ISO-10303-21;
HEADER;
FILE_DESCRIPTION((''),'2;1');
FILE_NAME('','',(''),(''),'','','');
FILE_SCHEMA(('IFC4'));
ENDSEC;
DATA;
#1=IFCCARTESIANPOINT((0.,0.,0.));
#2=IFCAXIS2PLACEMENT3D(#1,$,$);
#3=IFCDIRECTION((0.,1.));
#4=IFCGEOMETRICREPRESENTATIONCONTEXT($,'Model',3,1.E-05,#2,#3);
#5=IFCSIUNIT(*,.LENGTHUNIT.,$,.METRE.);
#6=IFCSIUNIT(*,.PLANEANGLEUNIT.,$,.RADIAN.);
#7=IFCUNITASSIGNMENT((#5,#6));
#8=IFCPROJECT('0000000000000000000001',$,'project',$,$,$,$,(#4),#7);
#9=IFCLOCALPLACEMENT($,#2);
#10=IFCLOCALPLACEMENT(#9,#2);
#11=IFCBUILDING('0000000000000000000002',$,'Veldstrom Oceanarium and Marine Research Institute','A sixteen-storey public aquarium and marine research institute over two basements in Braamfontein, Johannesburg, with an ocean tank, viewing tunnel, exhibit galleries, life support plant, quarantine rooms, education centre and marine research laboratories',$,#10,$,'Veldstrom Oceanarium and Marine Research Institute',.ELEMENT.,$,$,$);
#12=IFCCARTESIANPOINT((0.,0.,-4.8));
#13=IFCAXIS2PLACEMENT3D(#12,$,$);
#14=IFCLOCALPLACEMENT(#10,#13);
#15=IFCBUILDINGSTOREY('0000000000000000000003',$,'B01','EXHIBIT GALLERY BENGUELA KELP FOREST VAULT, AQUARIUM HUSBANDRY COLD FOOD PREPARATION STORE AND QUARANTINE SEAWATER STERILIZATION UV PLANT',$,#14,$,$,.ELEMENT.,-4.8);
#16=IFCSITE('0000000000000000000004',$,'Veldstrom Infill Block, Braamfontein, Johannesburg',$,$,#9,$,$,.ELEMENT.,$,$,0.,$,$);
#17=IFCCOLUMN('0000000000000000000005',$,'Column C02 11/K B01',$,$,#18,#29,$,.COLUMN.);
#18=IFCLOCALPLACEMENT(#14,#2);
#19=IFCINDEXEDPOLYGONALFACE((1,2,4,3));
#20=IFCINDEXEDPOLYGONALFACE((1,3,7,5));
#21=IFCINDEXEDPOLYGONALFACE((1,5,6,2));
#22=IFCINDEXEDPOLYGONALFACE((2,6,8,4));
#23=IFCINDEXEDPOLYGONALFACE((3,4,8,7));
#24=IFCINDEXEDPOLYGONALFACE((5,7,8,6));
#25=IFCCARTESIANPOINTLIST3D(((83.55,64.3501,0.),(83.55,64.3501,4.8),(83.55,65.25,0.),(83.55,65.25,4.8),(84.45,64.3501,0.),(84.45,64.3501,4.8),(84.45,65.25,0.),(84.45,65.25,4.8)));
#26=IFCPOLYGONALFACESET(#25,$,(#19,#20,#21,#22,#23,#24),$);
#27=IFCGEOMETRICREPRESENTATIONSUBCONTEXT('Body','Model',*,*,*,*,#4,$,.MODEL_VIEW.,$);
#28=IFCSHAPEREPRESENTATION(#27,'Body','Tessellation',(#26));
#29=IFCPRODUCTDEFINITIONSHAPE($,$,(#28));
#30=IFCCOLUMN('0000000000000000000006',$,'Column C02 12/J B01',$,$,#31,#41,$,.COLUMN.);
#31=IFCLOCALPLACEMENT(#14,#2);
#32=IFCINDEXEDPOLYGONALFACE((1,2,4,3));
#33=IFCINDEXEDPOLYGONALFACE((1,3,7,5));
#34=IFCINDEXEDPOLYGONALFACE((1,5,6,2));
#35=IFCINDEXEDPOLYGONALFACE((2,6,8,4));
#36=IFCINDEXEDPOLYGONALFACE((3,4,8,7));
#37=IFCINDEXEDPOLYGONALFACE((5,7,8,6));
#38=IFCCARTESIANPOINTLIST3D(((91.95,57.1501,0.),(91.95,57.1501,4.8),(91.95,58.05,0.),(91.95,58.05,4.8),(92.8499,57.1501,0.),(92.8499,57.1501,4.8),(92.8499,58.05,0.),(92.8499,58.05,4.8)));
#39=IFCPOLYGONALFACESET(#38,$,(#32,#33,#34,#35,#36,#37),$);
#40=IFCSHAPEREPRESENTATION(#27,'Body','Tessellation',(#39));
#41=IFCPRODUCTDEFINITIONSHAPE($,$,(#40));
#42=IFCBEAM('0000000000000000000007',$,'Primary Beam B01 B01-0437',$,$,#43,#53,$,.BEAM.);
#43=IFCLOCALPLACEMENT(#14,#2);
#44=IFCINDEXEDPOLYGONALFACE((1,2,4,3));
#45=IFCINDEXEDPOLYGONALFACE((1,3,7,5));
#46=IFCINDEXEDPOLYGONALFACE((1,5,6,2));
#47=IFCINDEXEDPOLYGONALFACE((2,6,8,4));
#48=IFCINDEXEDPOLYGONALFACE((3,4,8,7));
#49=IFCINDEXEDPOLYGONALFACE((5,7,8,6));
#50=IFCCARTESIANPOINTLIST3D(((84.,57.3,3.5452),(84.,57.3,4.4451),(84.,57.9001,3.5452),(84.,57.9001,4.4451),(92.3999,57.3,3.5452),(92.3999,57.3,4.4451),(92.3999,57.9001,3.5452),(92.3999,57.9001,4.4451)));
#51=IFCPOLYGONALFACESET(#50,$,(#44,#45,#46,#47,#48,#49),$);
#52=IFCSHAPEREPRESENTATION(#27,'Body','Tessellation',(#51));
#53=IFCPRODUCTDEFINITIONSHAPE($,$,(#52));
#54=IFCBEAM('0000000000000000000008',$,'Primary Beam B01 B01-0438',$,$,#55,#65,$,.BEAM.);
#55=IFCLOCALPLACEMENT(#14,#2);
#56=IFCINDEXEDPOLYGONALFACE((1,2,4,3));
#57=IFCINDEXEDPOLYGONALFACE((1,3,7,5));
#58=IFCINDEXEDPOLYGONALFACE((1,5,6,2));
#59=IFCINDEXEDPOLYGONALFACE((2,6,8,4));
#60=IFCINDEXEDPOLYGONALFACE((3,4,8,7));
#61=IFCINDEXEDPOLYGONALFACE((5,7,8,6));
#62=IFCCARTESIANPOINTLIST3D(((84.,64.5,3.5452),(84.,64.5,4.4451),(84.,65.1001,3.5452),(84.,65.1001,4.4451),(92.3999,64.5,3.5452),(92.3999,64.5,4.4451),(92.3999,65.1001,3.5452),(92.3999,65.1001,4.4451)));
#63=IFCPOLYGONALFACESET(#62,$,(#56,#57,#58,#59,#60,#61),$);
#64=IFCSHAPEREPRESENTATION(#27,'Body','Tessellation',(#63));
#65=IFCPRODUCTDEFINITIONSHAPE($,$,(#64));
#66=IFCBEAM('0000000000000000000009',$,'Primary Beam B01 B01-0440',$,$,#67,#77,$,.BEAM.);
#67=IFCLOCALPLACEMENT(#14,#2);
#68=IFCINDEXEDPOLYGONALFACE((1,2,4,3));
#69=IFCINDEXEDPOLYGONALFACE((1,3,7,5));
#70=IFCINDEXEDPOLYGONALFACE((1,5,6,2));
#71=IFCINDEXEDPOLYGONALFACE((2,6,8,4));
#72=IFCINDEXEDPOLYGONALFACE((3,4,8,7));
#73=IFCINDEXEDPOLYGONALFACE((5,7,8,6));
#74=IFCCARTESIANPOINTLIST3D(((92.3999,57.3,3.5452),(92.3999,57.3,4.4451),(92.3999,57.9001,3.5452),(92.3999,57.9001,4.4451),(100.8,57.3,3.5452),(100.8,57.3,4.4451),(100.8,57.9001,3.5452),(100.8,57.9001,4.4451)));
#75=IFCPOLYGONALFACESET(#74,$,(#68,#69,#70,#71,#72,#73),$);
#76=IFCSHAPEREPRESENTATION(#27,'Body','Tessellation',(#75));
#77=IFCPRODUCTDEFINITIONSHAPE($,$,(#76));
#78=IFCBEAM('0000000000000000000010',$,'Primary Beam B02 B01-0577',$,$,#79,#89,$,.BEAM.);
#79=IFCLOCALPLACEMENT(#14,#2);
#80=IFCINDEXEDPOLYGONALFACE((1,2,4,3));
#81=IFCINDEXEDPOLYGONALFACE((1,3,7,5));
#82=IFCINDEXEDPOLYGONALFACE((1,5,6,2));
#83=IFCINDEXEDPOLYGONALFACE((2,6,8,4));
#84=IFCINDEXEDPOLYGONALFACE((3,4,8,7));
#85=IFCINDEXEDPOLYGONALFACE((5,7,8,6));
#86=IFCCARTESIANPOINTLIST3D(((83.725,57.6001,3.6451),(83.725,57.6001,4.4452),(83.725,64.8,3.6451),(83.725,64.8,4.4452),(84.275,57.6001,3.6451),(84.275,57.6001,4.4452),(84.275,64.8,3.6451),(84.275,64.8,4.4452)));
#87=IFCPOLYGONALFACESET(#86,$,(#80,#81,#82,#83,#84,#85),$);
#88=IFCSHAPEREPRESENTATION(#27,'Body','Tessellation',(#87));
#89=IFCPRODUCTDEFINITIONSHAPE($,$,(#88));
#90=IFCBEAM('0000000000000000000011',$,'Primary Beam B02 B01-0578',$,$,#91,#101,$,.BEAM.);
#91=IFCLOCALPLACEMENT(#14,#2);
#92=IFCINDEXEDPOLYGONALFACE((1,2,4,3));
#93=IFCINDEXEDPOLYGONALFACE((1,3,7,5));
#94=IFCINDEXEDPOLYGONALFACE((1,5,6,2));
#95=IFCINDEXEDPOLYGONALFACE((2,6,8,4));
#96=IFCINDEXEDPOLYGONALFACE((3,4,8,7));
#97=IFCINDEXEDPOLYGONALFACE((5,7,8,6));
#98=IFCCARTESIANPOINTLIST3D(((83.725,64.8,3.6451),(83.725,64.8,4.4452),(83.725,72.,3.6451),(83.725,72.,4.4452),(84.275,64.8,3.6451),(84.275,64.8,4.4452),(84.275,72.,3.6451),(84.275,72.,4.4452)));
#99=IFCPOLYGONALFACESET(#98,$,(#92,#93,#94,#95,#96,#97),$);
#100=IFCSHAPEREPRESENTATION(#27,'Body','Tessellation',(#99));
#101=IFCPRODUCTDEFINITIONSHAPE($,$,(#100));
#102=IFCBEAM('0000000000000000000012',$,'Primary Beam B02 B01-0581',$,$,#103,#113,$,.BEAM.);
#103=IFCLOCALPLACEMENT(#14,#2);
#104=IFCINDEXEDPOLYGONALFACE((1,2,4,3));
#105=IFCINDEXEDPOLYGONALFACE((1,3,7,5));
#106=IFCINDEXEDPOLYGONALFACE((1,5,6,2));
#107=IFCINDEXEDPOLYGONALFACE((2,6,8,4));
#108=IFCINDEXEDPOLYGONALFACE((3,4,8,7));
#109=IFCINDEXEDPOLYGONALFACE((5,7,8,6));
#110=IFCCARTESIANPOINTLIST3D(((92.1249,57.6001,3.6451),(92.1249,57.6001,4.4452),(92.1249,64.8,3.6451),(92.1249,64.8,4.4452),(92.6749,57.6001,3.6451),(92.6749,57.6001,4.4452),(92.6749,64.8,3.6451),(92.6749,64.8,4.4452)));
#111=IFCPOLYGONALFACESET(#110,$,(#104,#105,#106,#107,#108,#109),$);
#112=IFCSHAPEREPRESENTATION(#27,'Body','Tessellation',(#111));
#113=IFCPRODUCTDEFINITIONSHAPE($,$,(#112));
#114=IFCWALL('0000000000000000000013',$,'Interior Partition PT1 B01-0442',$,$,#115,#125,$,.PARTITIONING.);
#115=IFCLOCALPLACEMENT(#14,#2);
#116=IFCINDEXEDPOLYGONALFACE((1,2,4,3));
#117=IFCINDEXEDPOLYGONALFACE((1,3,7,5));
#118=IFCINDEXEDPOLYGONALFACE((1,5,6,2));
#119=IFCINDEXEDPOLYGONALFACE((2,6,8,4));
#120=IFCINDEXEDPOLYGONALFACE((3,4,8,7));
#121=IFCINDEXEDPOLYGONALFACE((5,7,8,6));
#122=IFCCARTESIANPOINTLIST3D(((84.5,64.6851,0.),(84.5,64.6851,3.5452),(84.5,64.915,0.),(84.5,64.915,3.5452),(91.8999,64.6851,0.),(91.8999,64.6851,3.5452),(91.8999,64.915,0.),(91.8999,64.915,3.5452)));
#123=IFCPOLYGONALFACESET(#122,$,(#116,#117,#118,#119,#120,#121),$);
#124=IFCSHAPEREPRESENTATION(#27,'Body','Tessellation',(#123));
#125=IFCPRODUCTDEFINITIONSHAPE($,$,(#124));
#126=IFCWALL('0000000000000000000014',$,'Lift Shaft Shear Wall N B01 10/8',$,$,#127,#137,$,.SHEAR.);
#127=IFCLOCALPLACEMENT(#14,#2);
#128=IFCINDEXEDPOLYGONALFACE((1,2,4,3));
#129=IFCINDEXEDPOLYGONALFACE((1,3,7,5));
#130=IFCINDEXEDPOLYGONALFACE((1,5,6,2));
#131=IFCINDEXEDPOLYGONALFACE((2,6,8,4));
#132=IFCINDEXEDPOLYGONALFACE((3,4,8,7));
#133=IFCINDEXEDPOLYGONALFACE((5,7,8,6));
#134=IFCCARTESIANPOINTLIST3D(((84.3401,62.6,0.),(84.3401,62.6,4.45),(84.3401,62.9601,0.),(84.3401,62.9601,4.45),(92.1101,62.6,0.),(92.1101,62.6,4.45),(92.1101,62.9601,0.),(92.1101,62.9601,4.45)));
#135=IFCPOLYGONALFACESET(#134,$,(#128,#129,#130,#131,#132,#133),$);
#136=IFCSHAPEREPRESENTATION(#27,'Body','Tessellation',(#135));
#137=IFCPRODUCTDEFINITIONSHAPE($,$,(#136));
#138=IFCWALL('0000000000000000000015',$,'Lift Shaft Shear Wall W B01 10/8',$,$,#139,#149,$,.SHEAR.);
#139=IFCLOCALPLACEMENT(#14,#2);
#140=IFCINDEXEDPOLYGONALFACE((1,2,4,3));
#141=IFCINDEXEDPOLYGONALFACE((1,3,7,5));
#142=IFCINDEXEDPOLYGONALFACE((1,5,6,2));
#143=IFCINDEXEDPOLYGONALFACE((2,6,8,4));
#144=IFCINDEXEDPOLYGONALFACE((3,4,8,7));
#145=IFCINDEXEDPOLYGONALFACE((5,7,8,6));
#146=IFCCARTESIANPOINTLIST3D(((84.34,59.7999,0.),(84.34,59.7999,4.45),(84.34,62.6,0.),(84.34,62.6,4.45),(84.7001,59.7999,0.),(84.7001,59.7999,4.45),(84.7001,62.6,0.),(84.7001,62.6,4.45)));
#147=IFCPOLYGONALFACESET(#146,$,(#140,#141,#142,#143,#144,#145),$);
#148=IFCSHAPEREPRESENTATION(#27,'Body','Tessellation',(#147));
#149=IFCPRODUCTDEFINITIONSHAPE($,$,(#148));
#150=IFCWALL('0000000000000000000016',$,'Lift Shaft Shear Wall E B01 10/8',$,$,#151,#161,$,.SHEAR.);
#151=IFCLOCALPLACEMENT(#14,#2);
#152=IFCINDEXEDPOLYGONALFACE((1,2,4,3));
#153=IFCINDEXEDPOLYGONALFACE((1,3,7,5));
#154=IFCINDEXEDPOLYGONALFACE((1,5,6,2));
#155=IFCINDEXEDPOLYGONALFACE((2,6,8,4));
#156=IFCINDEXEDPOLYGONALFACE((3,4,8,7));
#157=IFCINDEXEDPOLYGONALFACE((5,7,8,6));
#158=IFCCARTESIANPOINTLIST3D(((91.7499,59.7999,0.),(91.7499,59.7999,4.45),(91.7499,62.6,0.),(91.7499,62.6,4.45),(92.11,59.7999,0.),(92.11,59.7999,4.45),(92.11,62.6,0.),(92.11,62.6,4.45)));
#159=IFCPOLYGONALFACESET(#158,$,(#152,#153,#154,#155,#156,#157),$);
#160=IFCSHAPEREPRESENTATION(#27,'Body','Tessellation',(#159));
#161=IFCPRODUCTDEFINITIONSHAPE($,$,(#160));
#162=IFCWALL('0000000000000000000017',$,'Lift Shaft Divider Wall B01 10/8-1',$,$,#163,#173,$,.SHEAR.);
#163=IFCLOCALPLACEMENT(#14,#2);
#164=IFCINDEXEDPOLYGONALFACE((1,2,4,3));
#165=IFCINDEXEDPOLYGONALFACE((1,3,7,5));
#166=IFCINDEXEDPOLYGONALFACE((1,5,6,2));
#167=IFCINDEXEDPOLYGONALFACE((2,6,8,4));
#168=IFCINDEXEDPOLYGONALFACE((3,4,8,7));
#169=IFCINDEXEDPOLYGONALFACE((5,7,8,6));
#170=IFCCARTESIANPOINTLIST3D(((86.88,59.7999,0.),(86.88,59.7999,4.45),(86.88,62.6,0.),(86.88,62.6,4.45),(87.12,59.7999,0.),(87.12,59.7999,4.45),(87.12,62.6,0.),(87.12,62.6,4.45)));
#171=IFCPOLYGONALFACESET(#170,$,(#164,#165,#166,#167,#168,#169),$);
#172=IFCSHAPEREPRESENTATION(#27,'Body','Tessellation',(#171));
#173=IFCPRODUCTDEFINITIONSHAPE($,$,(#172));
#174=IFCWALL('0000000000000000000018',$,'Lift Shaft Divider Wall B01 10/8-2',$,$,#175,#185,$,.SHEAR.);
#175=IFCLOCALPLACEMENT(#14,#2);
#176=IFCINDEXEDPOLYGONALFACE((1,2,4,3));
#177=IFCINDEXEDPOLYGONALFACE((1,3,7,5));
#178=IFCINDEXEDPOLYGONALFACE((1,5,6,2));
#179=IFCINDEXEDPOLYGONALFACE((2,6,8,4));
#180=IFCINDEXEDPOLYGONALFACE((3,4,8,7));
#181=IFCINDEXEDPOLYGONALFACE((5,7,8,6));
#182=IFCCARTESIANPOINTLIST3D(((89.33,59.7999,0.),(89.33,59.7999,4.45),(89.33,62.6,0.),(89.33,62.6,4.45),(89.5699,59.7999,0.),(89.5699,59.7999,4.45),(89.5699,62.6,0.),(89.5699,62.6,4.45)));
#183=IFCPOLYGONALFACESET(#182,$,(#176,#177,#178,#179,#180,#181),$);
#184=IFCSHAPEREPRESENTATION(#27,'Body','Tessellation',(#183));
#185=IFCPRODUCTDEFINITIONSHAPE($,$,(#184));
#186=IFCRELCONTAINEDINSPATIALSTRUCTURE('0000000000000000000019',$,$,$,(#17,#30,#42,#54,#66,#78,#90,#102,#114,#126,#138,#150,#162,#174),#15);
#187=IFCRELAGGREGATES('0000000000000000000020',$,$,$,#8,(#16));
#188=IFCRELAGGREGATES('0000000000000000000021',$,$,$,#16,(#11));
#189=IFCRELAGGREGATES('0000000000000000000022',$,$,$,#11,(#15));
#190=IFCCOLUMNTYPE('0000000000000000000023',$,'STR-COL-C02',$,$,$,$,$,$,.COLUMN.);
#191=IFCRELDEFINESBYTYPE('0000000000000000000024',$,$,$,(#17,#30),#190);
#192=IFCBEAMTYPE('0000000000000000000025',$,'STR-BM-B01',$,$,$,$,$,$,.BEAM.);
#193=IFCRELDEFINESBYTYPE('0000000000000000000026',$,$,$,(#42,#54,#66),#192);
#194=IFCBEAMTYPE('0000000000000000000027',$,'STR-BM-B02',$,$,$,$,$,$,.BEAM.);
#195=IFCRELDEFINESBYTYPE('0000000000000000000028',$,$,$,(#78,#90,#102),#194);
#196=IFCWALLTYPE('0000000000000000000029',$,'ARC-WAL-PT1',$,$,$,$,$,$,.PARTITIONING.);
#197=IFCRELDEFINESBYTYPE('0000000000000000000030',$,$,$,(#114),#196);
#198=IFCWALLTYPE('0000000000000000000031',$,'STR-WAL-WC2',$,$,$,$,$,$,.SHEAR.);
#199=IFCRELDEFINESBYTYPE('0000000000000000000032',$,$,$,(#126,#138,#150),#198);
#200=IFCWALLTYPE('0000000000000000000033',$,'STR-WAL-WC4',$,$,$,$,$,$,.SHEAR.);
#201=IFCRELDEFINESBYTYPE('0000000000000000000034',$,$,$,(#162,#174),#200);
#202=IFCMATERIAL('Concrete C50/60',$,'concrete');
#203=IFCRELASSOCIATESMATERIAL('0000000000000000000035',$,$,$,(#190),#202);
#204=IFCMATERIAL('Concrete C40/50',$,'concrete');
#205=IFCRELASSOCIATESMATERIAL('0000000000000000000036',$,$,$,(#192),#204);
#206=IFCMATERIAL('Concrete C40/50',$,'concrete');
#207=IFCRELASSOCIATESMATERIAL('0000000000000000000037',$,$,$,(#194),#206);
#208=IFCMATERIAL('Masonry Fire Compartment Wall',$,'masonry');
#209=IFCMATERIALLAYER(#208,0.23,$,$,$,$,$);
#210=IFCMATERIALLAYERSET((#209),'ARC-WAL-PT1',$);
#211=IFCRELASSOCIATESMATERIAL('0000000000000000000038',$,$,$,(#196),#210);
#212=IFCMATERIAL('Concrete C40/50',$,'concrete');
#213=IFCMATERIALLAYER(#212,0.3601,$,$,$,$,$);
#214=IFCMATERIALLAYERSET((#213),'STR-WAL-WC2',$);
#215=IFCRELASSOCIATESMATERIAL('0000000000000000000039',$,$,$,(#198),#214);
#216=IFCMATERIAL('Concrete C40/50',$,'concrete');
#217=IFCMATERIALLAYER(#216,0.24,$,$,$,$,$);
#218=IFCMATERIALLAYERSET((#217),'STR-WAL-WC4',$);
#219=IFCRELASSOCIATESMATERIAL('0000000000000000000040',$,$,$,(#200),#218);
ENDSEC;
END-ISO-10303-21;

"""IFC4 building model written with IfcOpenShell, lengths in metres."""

from ifc_helpers import new_model, si_unit, direction, frame, frame_2d, origin, origin_2d, place, context, subcontext, project, spatial, rectangle, extrude, material, layer, layer_set, material_profile, profile_set, type_object, element, save


model = new_model("IFC4")

# Units and contexts
model_context = context("Model", 3, precision=1e-05, world=origin(), true_north=direction((0.0, 1.0)))
body_context = subcontext(model_context, "Body", "Model", "MODEL_VIEW")
ifc_project = project(units=[si_unit("LENGTHUNIT", "METRE"), si_unit("PLANEANGLEUNIT", "RADIAN")], contexts=[model_context])

# Site, building, storey
site_placement = place(None, origin())
site = spatial("IfcSite", under=ifc_project, at=site_placement, Name="Veldstrom Infill Block, Braamfontein, Johannesburg", CompositionType="ELEMENT", RefElevation=0.0)
building_placement = place(site_placement, origin())
building = spatial("IfcBuilding", under=site, at=building_placement, Name="Veldstrom Oceanarium and Marine Research Institute", Description="A sixteen-storey public aquarium and marine research institute over two basements in Braamfontein, Johannesburg, with an ocean tank, viewing tunnel, exhibit galleries, life support plant, quarantine rooms, education centre and marine research laboratories", LongName="Veldstrom Oceanarium and Marine Research Institute", CompositionType="ELEMENT")
storey_placement = place(building_placement, frame((0.0, 0.0, -4.8)))
storey = spatial("IfcBuildingStorey", under=building, at=storey_placement, Name="B01", Description="EXHIBIT GALLERY BENGUELA KELP FOREST VAULT, AQUARIUM HUSBANDRY COLD FOOD PREPARATION STORE AND QUARANTINE SEAWATER STERILIZATION UV PLANT", CompositionType="ELEMENT", Elevation=-4.8)

# Columns
ifc_material_1 = material(Name="Concrete C50/60", Category="concrete")
ifc_material_profile_1 = material_profile(ifc_material_1, rectangle(XDim=0.8999, YDim=0.8999, at=origin_2d()), Name="RC-COL-900x900")
ifc_profile_set_1 = profile_set([ifc_material_profile_1], Name="Concrete C50/60")
column_type = type_object("IfcColumnType", Name="STR-COL-C02", PredefinedType="COLUMN", material=ifc_profile_set_1)
for number, where, z_axis, x_axis, name in (
    (1, (84.0, 64.8, 0.0), (0.0, 0.0, 1.0), (1.0, 0.0, 0.0), "Column C02 11/K B01"),
    (2, (92.3999, 57.6001, 0.0), (0.0, 0.0, 1.0), (1.0, 0.0, 0.0), "Column C02 12/J B01"),
):
    element("IfcColumn", number, at=place(storey_placement, frame(where, z_axis=z_axis, x_axis=x_axis)), inside=storey, type_object=column_type, Name=name, PredefinedType="COLUMN", context=body_context, shape_type="SweptSolid", body=[
        extrude(rectangle(XDim=0.8999, YDim=0.8999, at=origin_2d()), origin(), (0.0, 0.0, 1.0), 4.8),
    ])

# Beams
ifc_material_2 = material(Name="Concrete C40/50", Category="concrete")
ifc_material_profile_2 = material_profile(ifc_material_2, rectangle(XDim=0.6001, YDim=0.8999, at=origin_2d()), Name="RC-BM-600x900")
ifc_profile_set_2 = profile_set([ifc_material_profile_2], Name="Concrete C40/50")
beam_type_1 = type_object("IfcBeamType", Name="STR-BM-B01", PredefinedType="BEAM", material=ifc_profile_set_2)
for number, where, z_axis, x_axis, name in (
    (3, (84.0, 57.6001, 3.9951), (1.0, 0.0, 0.0), (0.0, 1.0, 0.0), "Primary Beam B01 B01-0437"),
    (4, (84.0, 64.8, 3.9951), (1.0, 0.0, 0.0), (0.0, 1.0, 0.0), "Primary Beam B01 B01-0438"),
):
    element("IfcBeam", number, at=place(storey_placement, frame(where, z_axis=z_axis, x_axis=x_axis)), inside=storey, type_object=beam_type_1, Name=name, PredefinedType="BEAM", context=body_context, shape_type="SweptSolid", body=[
        extrude(rectangle(XDim=0.6001, YDim=0.8999, at=origin_2d()), origin(), (0.0, 0.0, 1.0), 8.3999),
    ])
beam_placement = place(storey_placement, frame((92.3999, 57.6001, 3.9951), z_axis=(1.0, 0.0, 0.0), x_axis=(0.0, 1.0, 0.0)))
element("IfcBeam", 5, at=beam_placement, inside=storey, type_object=beam_type_1, Name="Primary Beam B01 B01-0440", PredefinedType="BEAM", context=body_context, shape_type="SweptSolid", body=[
    extrude(rectangle(XDim=0.6001, YDim=0.8999, at=origin_2d()), origin(), (0.0, 0.0, 1.0), 8.4001),
])
ifc_material_3 = material(Name="Concrete C40/50", Category="concrete")
ifc_material_profile_3 = material_profile(ifc_material_3, rectangle(XDim=0.55, YDim=0.8, at=origin_2d()), Name="RC-BM-550x800")
ifc_profile_set_3 = profile_set([ifc_material_profile_3], Name="Concrete C40/50")
beam_type_2 = type_object("IfcBeamType", Name="STR-BM-B02", PredefinedType="BEAM", material=ifc_profile_set_3)
for number, where, z_axis, x_axis, name in (
    (6, (84.0, 57.6001, 4.0452), (0.0, 1.0, 0.0), (-1.0, 0.0, 0.0), "Primary Beam B02 B01-0577"),
    (7, (84.0, 64.8, 4.0452), (0.0, 1.0, 0.0), (-1.0, 0.0, 0.0), "Primary Beam B02 B01-0578"),
    (8, (92.3999, 57.6001, 4.0452), (0.0, 1.0, 0.0), (-1.0, 0.0, 0.0), "Primary Beam B02 B01-0581"),
):
    element("IfcBeam", number, at=place(storey_placement, frame(where, z_axis=z_axis, x_axis=x_axis)), inside=storey, type_object=beam_type_2, Name=name, PredefinedType="BEAM", context=body_context, shape_type="SweptSolid", body=[
        extrude(rectangle(XDim=0.55, YDim=0.8, at=origin_2d()), origin(), (0.0, 0.0, 1.0), 7.2),
    ])

# Shared definitions
ifc_material_4 = material(Name="Masonry Fire Compartment Wall", Category="masonry")
ifc_layer_1 = layer(ifc_material_4, 0.23)
ifc_layer_set_1 = layer_set([ifc_layer_1], Name="ARC-WAL-PT1")
wall_type_1 = type_object("IfcWallType", Name="ARC-WAL-PT1", PredefinedType="PARTITIONING", material=ifc_layer_set_1)

# Walls
wall_1_placement = place(storey_placement, frame((84.5, 64.8, 0.0), z_axis=(0.0, 0.0, 1.0), x_axis=(1.0, 0.0, 0.0)))
element("IfcWall", 9, at=wall_1_placement, inside=storey, type_object=wall_type_1, Name="Interior Partition PT1 B01-0442", PredefinedType="PARTITIONING", context=body_context, shape_type="SweptSolid", body=[
    extrude(rectangle(XDim=7.3999, YDim=0.23, at=frame_2d((3.7, 0.0))), origin(), (0.0, 0.0, 1.0), 3.5452),
])
ifc_material_5 = material(Name="Concrete C40/50", Category="concrete")
ifc_layer_2 = layer(ifc_material_5, 0.3601)
ifc_layer_set_2 = layer_set([ifc_layer_2], Name="STR-WAL-WC2")
wall_type_2 = type_object("IfcWallType", Name="STR-WAL-WC2", PredefinedType="SHEAR", material=ifc_layer_set_2)
wall_2_placement = place(storey_placement, frame((84.3401, 62.78, 0.0), z_axis=(0.0, 0.0, 1.0), x_axis=(1.0, 0.0, 0.0)))
element("IfcWall", 10, at=wall_2_placement, inside=storey, type_object=wall_type_2, Name="Lift Shaft Shear Wall N B01 10/8", PredefinedType="SHEAR", context=body_context, shape_type="SweptSolid", body=[
    extrude(rectangle(XDim=7.77, YDim=0.3601, at=frame_2d((3.885, 0.0))), origin(), (0.0, 0.0, 1.0), 4.45),
])

# Walls
for number, where, z_axis, x_axis, name in (
    (11, (84.52, 59.8, 0.0), (0.0, 0.0, 1.0), (0.0, 1.0, 0.0), "Lift Shaft Shear Wall W B01 10/8"),
    (12, (91.9299, 59.8, 0.0), (0.0, 0.0, 1.0), (0.0, 1.0, 0.0), "Lift Shaft Shear Wall E B01 10/8"),
):
    element("IfcWall", number, at=place(storey_placement, frame(where, z_axis=z_axis, x_axis=x_axis)), inside=storey, type_object=wall_type_2, Name=name, PredefinedType="SHEAR", context=body_context, shape_type="SweptSolid", body=[
        extrude(rectangle(XDim=2.8, YDim=0.3601, at=frame_2d((1.3999, 0.0))), origin(), (0.0, 0.0, 1.0), 4.45),
    ])
ifc_material_6 = material(Name="Concrete C40/50", Category="concrete")
ifc_layer_3 = layer(ifc_material_6, 0.24)
ifc_layer_set_3 = layer_set([ifc_layer_3], Name="STR-WAL-WC4")
wall_type_3 = type_object("IfcWallType", Name="STR-WAL-WC4", PredefinedType="SHEAR", material=ifc_layer_set_3)
for number, where, z_axis, x_axis, name in (
    (13, (87.0, 59.8, 0.0), (0.0, 0.0, 1.0), (0.0, 1.0, 0.0), "Lift Shaft Divider Wall B01 10/8-1"),
    (14, (89.45, 59.8, 0.0), (0.0, 0.0, 1.0), (0.0, 1.0, 0.0), "Lift Shaft Divider Wall B01 10/8-2"),
):
    element("IfcWall", number, at=place(storey_placement, frame(where, z_axis=z_axis, x_axis=x_axis)), inside=storey, type_object=wall_type_3, Name=name, PredefinedType="SHEAR", context=body_context, shape_type="SweptSolid", body=[
        extrude(rectangle(XDim=2.8, YDim=0.24, at=frame_2d((1.3999, 0.0))), origin(), (0.0, 0.0, 1.0), 4.45),
    ])

save(model, "model.ifc")
